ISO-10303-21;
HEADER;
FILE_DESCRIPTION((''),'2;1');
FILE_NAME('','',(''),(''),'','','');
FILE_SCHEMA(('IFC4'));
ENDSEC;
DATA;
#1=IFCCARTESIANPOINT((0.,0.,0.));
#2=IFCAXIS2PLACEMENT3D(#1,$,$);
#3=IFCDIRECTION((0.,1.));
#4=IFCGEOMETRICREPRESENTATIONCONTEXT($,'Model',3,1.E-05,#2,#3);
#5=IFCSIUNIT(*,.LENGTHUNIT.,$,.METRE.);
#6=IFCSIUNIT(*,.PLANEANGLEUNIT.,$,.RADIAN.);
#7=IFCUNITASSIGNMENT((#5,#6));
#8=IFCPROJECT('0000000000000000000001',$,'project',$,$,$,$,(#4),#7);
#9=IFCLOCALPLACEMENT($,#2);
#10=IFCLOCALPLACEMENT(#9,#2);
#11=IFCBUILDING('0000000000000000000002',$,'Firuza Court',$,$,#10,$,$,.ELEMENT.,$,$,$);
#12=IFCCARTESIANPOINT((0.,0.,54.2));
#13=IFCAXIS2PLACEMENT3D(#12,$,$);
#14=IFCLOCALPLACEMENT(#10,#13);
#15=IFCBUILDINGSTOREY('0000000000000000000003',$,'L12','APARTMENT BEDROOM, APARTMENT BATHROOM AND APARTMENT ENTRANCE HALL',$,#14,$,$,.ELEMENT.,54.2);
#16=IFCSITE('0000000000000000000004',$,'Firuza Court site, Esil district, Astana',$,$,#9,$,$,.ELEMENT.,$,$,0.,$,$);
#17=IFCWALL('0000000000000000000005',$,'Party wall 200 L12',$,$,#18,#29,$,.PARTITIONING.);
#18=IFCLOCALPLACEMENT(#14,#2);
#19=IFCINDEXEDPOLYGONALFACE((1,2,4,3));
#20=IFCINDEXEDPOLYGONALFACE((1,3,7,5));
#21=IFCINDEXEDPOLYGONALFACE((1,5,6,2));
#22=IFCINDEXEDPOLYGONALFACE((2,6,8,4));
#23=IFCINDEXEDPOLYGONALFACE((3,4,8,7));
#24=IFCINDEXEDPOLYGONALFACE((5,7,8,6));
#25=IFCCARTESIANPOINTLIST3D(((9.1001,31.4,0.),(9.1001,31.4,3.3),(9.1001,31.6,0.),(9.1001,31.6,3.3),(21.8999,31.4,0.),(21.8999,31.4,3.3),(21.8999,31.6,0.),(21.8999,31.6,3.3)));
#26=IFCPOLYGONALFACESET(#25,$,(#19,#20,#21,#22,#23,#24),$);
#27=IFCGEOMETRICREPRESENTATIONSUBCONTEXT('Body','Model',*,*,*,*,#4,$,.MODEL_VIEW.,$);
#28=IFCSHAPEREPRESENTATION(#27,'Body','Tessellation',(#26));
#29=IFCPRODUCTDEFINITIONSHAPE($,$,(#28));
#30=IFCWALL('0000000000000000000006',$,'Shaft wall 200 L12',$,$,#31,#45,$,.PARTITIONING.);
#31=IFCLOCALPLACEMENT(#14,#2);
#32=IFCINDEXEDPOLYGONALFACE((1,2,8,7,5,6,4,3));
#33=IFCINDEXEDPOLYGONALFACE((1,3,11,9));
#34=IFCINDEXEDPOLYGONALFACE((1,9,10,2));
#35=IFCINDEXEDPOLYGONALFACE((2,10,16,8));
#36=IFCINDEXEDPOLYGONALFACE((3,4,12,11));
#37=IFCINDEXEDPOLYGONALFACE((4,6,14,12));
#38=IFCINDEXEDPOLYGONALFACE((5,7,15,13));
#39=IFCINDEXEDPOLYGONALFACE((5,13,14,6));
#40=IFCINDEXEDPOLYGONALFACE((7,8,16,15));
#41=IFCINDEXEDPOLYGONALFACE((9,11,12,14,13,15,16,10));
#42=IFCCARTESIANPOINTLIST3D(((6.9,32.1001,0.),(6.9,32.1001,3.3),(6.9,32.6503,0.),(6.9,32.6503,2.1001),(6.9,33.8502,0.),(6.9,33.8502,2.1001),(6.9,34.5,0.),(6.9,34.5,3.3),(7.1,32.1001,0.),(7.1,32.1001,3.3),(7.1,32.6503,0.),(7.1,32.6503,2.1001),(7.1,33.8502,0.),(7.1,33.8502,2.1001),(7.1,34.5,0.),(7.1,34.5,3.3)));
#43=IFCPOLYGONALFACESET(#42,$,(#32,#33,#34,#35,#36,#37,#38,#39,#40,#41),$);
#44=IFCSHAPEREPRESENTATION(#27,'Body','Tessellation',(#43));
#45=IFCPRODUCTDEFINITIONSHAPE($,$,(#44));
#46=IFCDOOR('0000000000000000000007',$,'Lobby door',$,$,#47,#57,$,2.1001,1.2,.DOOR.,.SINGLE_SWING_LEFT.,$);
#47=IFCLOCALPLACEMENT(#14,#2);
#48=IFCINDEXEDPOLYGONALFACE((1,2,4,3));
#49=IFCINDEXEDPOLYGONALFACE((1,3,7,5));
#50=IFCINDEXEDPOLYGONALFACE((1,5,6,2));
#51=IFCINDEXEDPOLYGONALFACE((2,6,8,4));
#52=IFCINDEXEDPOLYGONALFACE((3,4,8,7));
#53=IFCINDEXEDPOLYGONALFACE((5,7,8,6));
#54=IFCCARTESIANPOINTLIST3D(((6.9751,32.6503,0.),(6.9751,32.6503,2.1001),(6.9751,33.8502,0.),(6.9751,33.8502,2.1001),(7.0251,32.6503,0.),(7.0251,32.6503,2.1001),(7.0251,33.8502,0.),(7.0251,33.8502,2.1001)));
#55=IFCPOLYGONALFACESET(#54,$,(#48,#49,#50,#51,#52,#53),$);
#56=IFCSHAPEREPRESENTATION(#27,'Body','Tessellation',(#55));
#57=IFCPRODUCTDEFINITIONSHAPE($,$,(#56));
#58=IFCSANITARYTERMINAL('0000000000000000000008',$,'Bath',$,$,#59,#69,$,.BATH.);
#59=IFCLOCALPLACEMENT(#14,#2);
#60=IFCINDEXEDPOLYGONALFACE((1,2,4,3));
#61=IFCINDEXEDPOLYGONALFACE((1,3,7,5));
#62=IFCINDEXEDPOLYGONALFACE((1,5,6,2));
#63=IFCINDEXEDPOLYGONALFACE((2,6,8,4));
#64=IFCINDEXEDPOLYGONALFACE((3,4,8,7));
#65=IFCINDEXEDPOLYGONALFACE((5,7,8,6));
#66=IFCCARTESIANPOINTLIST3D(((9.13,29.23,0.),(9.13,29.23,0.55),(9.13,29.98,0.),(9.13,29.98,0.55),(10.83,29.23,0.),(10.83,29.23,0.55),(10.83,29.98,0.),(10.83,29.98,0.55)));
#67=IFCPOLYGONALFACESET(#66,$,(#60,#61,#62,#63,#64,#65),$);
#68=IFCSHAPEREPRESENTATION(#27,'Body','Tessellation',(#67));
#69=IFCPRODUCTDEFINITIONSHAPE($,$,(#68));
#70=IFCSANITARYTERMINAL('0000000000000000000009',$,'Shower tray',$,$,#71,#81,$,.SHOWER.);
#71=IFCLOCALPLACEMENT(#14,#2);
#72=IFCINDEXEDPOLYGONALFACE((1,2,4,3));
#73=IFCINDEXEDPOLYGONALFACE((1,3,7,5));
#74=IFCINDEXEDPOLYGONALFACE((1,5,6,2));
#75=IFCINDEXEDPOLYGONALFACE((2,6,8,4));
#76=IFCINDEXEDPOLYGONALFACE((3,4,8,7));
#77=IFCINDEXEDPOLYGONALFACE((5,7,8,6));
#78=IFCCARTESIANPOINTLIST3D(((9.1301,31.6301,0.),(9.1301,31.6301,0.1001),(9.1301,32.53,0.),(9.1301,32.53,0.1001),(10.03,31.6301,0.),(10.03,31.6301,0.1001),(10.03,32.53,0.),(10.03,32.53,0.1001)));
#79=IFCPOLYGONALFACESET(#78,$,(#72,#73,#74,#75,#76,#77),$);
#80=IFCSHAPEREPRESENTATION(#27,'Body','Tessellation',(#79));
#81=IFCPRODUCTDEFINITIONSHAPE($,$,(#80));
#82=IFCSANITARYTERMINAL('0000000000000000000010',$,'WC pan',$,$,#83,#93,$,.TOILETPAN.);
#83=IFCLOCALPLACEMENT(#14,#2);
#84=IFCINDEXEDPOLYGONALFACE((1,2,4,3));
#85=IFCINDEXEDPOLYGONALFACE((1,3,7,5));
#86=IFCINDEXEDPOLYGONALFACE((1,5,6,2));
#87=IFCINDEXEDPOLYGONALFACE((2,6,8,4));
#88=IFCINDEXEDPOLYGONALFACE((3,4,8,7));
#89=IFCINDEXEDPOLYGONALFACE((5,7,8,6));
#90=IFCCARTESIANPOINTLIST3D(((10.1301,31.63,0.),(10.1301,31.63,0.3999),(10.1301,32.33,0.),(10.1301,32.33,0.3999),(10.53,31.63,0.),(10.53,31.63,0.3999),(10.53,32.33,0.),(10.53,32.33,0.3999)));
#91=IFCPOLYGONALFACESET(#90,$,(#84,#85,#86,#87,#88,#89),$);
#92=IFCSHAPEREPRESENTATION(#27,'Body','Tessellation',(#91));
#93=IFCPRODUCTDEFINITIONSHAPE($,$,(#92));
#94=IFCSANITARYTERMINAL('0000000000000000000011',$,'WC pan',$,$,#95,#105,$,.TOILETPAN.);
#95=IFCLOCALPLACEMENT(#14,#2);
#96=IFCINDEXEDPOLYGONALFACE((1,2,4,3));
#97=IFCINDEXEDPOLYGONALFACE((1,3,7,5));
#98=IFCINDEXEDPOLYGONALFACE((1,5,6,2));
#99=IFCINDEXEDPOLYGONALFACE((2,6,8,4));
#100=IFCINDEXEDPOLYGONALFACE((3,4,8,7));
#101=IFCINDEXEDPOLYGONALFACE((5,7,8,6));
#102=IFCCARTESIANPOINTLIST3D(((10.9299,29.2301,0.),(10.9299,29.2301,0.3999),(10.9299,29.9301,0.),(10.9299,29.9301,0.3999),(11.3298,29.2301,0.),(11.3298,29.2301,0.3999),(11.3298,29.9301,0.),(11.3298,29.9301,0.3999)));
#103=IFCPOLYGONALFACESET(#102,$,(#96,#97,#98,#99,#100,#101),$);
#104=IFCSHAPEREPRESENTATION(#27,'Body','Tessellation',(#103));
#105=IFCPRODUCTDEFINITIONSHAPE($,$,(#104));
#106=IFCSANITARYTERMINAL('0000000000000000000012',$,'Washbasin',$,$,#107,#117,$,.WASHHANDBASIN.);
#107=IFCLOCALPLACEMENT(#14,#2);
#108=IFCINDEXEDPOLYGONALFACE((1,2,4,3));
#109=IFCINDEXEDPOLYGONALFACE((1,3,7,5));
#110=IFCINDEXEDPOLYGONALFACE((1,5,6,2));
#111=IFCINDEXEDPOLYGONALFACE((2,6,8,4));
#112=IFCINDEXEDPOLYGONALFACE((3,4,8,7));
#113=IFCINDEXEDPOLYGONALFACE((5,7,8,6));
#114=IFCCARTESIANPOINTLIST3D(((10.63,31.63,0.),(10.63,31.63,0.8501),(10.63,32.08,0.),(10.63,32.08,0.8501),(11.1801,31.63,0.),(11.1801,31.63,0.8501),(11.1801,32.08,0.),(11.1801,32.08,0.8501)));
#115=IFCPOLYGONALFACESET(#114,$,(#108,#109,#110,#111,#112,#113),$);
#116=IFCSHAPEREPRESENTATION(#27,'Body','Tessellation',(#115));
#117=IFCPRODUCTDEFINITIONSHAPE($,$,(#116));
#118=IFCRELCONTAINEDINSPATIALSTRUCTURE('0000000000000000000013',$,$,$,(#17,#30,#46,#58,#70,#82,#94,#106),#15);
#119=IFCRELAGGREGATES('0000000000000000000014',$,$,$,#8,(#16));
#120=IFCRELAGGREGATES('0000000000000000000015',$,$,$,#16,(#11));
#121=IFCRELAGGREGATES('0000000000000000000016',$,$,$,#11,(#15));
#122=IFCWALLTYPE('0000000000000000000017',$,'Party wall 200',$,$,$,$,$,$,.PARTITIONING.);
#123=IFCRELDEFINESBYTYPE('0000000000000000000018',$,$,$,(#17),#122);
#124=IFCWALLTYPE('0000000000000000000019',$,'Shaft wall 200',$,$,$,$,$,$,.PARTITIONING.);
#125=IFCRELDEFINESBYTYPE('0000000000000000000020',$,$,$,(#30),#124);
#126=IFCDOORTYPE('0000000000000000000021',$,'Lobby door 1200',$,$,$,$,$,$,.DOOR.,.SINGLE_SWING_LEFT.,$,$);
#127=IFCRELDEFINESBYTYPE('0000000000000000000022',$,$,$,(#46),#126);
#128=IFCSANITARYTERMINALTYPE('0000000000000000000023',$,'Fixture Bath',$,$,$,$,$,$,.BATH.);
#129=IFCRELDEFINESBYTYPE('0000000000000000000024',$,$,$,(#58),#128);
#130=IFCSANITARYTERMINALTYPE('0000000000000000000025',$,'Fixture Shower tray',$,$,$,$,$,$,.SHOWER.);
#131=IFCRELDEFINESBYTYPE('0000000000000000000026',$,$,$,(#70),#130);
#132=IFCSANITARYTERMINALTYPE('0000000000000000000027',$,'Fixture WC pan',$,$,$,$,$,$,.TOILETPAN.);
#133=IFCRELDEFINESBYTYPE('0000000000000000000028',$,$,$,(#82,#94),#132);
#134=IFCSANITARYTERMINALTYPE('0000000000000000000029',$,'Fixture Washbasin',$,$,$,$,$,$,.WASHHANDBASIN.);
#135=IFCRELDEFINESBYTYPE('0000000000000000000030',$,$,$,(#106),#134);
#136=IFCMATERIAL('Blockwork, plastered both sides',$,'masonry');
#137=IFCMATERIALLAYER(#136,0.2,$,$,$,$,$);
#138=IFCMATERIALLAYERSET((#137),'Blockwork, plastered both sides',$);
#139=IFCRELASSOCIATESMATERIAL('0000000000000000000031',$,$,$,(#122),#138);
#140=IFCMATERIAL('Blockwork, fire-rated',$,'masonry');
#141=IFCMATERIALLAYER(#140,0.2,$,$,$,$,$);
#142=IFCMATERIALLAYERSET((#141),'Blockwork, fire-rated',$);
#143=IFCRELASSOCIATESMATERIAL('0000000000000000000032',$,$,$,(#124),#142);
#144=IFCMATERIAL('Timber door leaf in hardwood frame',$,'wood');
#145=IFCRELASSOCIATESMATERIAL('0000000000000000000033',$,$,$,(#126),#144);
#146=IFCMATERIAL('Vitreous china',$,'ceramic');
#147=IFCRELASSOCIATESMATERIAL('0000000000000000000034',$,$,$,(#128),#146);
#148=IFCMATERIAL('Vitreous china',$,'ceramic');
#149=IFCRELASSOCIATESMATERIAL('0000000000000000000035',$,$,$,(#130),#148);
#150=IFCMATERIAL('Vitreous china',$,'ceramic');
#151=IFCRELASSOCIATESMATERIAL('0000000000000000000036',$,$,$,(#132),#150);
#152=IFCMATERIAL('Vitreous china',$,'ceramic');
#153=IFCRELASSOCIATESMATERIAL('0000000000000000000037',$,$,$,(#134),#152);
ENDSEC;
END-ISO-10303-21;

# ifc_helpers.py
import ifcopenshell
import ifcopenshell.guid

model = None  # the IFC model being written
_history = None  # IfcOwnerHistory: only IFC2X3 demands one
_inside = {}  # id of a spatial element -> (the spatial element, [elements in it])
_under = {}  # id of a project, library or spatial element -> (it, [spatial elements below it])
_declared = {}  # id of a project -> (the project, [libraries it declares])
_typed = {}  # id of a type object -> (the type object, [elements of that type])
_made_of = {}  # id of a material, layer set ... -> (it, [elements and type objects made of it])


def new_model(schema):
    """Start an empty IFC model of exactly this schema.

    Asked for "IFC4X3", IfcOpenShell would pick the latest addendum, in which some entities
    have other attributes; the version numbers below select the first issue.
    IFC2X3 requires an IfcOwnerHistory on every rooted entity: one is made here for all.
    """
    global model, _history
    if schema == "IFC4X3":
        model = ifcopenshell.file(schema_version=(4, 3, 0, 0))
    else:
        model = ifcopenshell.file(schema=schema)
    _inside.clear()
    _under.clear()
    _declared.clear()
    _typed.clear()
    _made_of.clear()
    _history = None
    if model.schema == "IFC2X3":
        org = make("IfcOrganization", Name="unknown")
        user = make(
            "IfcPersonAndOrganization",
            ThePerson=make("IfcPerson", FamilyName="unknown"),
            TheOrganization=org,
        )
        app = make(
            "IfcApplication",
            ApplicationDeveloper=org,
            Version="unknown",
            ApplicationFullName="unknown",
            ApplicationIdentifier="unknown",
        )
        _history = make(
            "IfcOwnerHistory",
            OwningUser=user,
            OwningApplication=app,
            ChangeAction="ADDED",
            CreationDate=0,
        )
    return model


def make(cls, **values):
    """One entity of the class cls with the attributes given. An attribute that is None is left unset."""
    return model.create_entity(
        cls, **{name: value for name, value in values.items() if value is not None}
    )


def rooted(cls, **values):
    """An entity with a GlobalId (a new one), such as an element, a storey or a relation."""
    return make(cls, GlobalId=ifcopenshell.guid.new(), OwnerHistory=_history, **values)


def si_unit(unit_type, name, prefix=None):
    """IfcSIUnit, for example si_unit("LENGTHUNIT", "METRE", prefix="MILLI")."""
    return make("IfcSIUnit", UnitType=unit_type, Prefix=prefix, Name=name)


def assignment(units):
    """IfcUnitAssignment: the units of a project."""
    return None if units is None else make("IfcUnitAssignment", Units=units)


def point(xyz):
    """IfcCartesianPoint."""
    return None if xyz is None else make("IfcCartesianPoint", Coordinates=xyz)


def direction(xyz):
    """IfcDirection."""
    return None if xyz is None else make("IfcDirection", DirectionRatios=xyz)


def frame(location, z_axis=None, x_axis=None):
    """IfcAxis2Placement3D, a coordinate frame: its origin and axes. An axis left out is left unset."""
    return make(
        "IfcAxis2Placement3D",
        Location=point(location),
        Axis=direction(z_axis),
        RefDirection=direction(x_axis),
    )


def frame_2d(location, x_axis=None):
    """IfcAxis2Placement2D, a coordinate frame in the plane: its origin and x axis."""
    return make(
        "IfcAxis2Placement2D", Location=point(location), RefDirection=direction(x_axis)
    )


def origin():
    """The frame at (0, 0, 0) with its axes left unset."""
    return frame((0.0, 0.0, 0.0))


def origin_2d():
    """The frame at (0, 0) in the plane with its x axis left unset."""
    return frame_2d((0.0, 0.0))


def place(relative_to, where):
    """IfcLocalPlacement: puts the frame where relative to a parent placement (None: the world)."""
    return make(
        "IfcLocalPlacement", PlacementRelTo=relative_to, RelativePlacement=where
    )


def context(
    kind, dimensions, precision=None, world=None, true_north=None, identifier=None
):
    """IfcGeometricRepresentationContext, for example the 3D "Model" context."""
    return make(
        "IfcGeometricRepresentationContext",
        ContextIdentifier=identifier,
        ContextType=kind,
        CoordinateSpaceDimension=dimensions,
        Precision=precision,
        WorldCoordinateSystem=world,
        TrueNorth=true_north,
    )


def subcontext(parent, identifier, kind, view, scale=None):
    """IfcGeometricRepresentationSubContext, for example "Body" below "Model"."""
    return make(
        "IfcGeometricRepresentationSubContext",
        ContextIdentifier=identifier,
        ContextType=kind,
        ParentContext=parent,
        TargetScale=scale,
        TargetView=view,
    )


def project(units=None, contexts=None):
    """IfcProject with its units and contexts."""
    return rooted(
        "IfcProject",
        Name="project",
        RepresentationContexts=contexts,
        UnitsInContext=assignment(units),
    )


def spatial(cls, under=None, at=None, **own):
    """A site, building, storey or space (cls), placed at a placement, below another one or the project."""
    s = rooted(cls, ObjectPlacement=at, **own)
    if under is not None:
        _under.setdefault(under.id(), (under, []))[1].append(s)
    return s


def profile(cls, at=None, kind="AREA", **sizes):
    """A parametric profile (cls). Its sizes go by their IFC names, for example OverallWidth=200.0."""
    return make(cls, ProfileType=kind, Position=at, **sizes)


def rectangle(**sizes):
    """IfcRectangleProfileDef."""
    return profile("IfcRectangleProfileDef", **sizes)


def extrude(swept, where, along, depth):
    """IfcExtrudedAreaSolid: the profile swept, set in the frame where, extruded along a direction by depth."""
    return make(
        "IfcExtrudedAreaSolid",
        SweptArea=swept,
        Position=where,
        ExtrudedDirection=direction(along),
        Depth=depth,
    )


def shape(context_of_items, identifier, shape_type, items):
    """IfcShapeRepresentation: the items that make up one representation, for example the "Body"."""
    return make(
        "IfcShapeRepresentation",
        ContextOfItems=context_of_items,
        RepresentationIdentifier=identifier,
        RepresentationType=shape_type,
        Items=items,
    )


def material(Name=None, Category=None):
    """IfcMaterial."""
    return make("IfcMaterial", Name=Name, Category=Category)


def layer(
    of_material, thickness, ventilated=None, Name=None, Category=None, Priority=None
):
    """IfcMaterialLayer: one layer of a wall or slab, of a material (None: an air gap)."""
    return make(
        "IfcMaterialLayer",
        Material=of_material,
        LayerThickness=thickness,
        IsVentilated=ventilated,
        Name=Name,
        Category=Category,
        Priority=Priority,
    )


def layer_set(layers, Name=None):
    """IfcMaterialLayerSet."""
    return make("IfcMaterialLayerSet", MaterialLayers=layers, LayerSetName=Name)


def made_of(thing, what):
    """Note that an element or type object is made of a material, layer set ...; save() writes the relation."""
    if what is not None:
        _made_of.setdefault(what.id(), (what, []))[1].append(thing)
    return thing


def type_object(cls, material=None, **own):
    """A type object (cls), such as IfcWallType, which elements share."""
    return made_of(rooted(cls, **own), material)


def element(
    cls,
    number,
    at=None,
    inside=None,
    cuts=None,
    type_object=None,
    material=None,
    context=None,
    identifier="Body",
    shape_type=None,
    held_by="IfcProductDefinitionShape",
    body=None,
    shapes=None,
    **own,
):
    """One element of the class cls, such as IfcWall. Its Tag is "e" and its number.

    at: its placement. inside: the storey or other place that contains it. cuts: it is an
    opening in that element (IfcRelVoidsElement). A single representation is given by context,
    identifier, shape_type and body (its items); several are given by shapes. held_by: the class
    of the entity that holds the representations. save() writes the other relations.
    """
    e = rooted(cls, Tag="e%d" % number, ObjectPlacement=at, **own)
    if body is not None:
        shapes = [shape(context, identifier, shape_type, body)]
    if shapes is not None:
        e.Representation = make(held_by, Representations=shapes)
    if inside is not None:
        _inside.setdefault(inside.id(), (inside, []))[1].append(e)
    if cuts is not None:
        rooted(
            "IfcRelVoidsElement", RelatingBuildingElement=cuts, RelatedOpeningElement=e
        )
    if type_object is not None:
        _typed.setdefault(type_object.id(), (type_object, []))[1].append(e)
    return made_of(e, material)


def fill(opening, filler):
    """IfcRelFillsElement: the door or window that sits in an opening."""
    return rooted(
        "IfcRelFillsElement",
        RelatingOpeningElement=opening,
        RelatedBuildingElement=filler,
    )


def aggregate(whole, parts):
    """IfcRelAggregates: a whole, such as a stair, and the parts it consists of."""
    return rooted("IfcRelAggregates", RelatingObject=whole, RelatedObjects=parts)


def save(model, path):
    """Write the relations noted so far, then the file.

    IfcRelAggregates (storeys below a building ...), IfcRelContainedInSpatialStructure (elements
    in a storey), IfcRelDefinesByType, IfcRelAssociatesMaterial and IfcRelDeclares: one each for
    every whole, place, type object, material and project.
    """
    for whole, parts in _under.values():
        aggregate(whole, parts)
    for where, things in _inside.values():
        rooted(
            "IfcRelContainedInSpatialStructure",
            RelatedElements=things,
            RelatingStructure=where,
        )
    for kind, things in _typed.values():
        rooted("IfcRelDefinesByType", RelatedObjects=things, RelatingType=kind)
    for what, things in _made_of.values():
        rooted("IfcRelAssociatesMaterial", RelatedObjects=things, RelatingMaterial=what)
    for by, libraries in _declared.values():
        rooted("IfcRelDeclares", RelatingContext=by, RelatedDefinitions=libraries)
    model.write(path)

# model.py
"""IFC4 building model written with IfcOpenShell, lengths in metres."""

from ifc_helpers import new_model, si_unit, direction, frame, frame_2d, origin, origin_2d, place, context, subcontext, project, spatial, rectangle, extrude, material, layer, layer_set, type_object, element, fill, save


model = new_model("IFC4")

# Units and contexts
model_context = context("Model", 3, precision=1e-05, world=origin(), true_north=direction((0.0, 1.0)))
body_context = subcontext(model_context, "Body", "Model", "MODEL_VIEW")
ifc_project = project(units=[si_unit("LENGTHUNIT", "METRE"), si_unit("PLANEANGLEUNIT", "RADIAN")], contexts=[model_context])

# Site, building, storey
site_placement = place(None, origin())
site = spatial("IfcSite", under=ifc_project, at=site_placement, Name="Firuza Court site, Esil district, Astana", CompositionType="ELEMENT", RefElevation=0.0)
building_placement = place(site_placement, origin())
building = spatial("IfcBuilding", under=site, at=building_placement, Name="Firuza Court", CompositionType="ELEMENT")
storey_placement = place(building_placement, frame((0.0, 0.0, 54.2)))
storey = spatial("IfcBuildingStorey", under=building, at=storey_placement, Name="L12", Description="APARTMENT BEDROOM, APARTMENT BATHROOM AND APARTMENT ENTRANCE HALL", CompositionType="ELEMENT", Elevation=54.2)

# Shared definitions
ifc_material_1 = material(Name="Blockwork, plastered both sides", Category="masonry")

# Wall
ifc_layer_1 = layer(ifc_material_1, 0.2)
ifc_layer_set_1 = layer_set([ifc_layer_1], Name="Blockwork, plastered both sides")
wall_type_1 = type_object("IfcWallType", Name="Party wall 200", PredefinedType="PARTITIONING", material=ifc_layer_set_1)
wall_1_placement = place(storey_placement, frame((9.1001, 31.5, 0.0), z_axis=(0.0, 0.0, 1.0), x_axis=(1.0, 0.0, 0.0)))
element("IfcWall", 1, at=wall_1_placement, inside=storey, type_object=wall_type_1, Name="Party wall 200 L12", PredefinedType="PARTITIONING", context=body_context, shape_type="SweptSolid", body=[
    extrude(rectangle(XDim=12.7998, YDim=0.2, at=frame_2d((6.3999, 0.0))), origin(), (0.0, 0.0, 1.0), 3.3),
])

# Wall, opening, door
ifc_material_2 = material(Name="Blockwork, fire-rated", Category="masonry")
ifc_layer_2 = layer(ifc_material_2, 0.2)
ifc_layer_set_2 = layer_set([ifc_layer_2], Name="Blockwork, fire-rated")
wall_type_2 = type_object("IfcWallType", Name="Shaft wall 200", PredefinedType="PARTITIONING", material=ifc_layer_set_2)
wall_2_placement = place(storey_placement, frame((7.0, 32.1001, 0.0), z_axis=(0.0, 0.0, 1.0), x_axis=(0.0, 1.0, 0.0)))
wall_2 = element("IfcWall", 2, at=wall_2_placement, inside=storey, type_object=wall_type_2, Name="Shaft wall 200 L12", PredefinedType="PARTITIONING", context=body_context, shape_type="SweptSolid", body=[
    extrude(rectangle(XDim=2.3999, YDim=0.2, at=frame_2d((1.2, 0.0))), origin(), (0.0, 0.0, 1.0), 3.3),
])
opening_1_placement = place(wall_2_placement, frame((0.55, 0.0, 0.0)))
opening_1 = element("IfcOpeningElement", 3, at=opening_1_placement, cuts=wall_2, PredefinedType="OPENING", context=body_context, shape_type="SweptSolid", body=[
    extrude(rectangle(XDim=1.2, YDim=2.1001, at=frame_2d((0.6001, 1.05))), frame((0.0, 0.1118, 0.0), z_axis=(0.0, -1.0, 0.0), x_axis=(1.0, 0.0, 0.0)), (0.0, 0.0, 1.0), 0.2239),
])
ifc_material_3 = material(Name="Timber door leaf in hardwood frame", Category="wood")
door_type_1 = type_object("IfcDoorType", Name="Lobby door 1200", OperationType="SINGLE_SWING_LEFT", PredefinedType="DOOR", material=ifc_material_3)
door_1_placement = place(opening_1_placement, origin())
door_1 = element("IfcDoor", 4, at=door_1_placement, inside=storey, type_object=door_type_1, Name="Lobby door", OperationType="SINGLE_SWING_LEFT", OverallHeight=2.1001, OverallWidth=1.2, PredefinedType="DOOR", context=body_context, shape_type="SweptSolid", body=[
    extrude(rectangle(XDim=1.2, YDim=2.1001, at=frame_2d((0.6001, 1.05))), frame((0.0, 0.0249, 0.0), z_axis=(0.0, -1.0, 0.0), x_axis=(1.0, 0.0, 0.0)), (0.0, 0.0, 1.0), 0.05),
])
fill(opening_1, door_1)

# Sanitary terminals
ifc_material_4 = material(Name="Vitreous china", Category="ceramic")
sanitary_terminal_type_1 = type_object("IfcSanitaryTerminalType", Name="Fixture Bath", PredefinedType="BATH", material=ifc_material_4)
sanitary_terminal_1_placement = place(storey_placement, frame((9.98, 29.605, 0.0), z_axis=(0.0, 0.0, 1.0), x_axis=(1.0, 0.0, 0.0)))
element("IfcSanitaryTerminal", 5, at=sanitary_terminal_1_placement, inside=storey, type_object=sanitary_terminal_type_1, Name="Bath", PredefinedType="BATH", context=body_context, shape_type="SweptSolid", body=[
    extrude(rectangle(XDim=1.7, YDim=0.75, at=origin_2d()), origin(), (0.0, 0.0, 1.0), 0.55),
])
ifc_material_5 = material(Name="Vitreous china", Category="ceramic")
sanitary_terminal_type_2 = type_object("IfcSanitaryTerminalType", Name="Fixture Shower tray", PredefinedType="SHOWER", material=ifc_material_5)
sanitary_terminal_2_placement = place(storey_placement, frame((9.5801, 32.0801, 0.0), z_axis=(0.0, 0.0, 1.0), x_axis=(1.0, 0.0, 0.0)))
element("IfcSanitaryTerminal", 6, at=sanitary_terminal_2_placement, inside=storey, type_object=sanitary_terminal_type_2, Name="Shower tray", PredefinedType="SHOWER", context=body_context, shape_type="SweptSolid", body=[
    extrude(rectangle(XDim=0.8999, YDim=0.8999, at=origin_2d()), origin(), (0.0, 0.0, 1.0), 0.1001),
])
ifc_material_6 = material(Name="Vitreous china", Category="ceramic")
sanitary_terminal_type_3 = type_object("IfcSanitaryTerminalType", Name="Fixture WC pan", PredefinedType="TOILETPAN", material=ifc_material_6)
for number, where, z_axis, x_axis, name in (
    (7, (10.3301, 31.98, 0.0), (0.0, 0.0, 1.0), (1.0, 0.0, 0.0), "WC pan"),
    (8, (11.1299, 29.5801, 0.0), (0.0, 0.0, 1.0), (1.0, 0.0, 0.0), "WC pan"),
):
    element("IfcSanitaryTerminal", number, at=place(storey_placement, frame(where, z_axis=z_axis, x_axis=x_axis)), inside=storey, type_object=sanitary_terminal_type_3, Name=name, PredefinedType="TOILETPAN", context=body_context, shape_type="SweptSolid", body=[
        extrude(rectangle(XDim=0.3999, YDim=0.7, at=origin_2d()), origin(), (0.0, 0.0, 1.0), 0.3999),
    ])
ifc_material_7 = material(Name="Vitreous china", Category="ceramic")
sanitary_terminal_type_4 = type_object("IfcSanitaryTerminalType", Name="Fixture Washbasin", PredefinedType="WASHHANDBASIN", material=ifc_material_7)
sanitary_terminal_3_placement = place(storey_placement, frame((10.905, 31.855, 0.0), z_axis=(0.0, 0.0, 1.0), x_axis=(1.0, 0.0, 0.0)))
element("IfcSanitaryTerminal", 9, at=sanitary_terminal_3_placement, inside=storey, type_object=sanitary_terminal_type_4, Name="Washbasin", PredefinedType="WASHHANDBASIN", context=body_context, shape_type="SweptSolid", body=[
    extrude(rectangle(XDim=0.55, YDim=0.45, at=origin_2d()), origin(), (0.0, 0.0, 1.0), 0.8501),
])

save(model, "model.ifc")
